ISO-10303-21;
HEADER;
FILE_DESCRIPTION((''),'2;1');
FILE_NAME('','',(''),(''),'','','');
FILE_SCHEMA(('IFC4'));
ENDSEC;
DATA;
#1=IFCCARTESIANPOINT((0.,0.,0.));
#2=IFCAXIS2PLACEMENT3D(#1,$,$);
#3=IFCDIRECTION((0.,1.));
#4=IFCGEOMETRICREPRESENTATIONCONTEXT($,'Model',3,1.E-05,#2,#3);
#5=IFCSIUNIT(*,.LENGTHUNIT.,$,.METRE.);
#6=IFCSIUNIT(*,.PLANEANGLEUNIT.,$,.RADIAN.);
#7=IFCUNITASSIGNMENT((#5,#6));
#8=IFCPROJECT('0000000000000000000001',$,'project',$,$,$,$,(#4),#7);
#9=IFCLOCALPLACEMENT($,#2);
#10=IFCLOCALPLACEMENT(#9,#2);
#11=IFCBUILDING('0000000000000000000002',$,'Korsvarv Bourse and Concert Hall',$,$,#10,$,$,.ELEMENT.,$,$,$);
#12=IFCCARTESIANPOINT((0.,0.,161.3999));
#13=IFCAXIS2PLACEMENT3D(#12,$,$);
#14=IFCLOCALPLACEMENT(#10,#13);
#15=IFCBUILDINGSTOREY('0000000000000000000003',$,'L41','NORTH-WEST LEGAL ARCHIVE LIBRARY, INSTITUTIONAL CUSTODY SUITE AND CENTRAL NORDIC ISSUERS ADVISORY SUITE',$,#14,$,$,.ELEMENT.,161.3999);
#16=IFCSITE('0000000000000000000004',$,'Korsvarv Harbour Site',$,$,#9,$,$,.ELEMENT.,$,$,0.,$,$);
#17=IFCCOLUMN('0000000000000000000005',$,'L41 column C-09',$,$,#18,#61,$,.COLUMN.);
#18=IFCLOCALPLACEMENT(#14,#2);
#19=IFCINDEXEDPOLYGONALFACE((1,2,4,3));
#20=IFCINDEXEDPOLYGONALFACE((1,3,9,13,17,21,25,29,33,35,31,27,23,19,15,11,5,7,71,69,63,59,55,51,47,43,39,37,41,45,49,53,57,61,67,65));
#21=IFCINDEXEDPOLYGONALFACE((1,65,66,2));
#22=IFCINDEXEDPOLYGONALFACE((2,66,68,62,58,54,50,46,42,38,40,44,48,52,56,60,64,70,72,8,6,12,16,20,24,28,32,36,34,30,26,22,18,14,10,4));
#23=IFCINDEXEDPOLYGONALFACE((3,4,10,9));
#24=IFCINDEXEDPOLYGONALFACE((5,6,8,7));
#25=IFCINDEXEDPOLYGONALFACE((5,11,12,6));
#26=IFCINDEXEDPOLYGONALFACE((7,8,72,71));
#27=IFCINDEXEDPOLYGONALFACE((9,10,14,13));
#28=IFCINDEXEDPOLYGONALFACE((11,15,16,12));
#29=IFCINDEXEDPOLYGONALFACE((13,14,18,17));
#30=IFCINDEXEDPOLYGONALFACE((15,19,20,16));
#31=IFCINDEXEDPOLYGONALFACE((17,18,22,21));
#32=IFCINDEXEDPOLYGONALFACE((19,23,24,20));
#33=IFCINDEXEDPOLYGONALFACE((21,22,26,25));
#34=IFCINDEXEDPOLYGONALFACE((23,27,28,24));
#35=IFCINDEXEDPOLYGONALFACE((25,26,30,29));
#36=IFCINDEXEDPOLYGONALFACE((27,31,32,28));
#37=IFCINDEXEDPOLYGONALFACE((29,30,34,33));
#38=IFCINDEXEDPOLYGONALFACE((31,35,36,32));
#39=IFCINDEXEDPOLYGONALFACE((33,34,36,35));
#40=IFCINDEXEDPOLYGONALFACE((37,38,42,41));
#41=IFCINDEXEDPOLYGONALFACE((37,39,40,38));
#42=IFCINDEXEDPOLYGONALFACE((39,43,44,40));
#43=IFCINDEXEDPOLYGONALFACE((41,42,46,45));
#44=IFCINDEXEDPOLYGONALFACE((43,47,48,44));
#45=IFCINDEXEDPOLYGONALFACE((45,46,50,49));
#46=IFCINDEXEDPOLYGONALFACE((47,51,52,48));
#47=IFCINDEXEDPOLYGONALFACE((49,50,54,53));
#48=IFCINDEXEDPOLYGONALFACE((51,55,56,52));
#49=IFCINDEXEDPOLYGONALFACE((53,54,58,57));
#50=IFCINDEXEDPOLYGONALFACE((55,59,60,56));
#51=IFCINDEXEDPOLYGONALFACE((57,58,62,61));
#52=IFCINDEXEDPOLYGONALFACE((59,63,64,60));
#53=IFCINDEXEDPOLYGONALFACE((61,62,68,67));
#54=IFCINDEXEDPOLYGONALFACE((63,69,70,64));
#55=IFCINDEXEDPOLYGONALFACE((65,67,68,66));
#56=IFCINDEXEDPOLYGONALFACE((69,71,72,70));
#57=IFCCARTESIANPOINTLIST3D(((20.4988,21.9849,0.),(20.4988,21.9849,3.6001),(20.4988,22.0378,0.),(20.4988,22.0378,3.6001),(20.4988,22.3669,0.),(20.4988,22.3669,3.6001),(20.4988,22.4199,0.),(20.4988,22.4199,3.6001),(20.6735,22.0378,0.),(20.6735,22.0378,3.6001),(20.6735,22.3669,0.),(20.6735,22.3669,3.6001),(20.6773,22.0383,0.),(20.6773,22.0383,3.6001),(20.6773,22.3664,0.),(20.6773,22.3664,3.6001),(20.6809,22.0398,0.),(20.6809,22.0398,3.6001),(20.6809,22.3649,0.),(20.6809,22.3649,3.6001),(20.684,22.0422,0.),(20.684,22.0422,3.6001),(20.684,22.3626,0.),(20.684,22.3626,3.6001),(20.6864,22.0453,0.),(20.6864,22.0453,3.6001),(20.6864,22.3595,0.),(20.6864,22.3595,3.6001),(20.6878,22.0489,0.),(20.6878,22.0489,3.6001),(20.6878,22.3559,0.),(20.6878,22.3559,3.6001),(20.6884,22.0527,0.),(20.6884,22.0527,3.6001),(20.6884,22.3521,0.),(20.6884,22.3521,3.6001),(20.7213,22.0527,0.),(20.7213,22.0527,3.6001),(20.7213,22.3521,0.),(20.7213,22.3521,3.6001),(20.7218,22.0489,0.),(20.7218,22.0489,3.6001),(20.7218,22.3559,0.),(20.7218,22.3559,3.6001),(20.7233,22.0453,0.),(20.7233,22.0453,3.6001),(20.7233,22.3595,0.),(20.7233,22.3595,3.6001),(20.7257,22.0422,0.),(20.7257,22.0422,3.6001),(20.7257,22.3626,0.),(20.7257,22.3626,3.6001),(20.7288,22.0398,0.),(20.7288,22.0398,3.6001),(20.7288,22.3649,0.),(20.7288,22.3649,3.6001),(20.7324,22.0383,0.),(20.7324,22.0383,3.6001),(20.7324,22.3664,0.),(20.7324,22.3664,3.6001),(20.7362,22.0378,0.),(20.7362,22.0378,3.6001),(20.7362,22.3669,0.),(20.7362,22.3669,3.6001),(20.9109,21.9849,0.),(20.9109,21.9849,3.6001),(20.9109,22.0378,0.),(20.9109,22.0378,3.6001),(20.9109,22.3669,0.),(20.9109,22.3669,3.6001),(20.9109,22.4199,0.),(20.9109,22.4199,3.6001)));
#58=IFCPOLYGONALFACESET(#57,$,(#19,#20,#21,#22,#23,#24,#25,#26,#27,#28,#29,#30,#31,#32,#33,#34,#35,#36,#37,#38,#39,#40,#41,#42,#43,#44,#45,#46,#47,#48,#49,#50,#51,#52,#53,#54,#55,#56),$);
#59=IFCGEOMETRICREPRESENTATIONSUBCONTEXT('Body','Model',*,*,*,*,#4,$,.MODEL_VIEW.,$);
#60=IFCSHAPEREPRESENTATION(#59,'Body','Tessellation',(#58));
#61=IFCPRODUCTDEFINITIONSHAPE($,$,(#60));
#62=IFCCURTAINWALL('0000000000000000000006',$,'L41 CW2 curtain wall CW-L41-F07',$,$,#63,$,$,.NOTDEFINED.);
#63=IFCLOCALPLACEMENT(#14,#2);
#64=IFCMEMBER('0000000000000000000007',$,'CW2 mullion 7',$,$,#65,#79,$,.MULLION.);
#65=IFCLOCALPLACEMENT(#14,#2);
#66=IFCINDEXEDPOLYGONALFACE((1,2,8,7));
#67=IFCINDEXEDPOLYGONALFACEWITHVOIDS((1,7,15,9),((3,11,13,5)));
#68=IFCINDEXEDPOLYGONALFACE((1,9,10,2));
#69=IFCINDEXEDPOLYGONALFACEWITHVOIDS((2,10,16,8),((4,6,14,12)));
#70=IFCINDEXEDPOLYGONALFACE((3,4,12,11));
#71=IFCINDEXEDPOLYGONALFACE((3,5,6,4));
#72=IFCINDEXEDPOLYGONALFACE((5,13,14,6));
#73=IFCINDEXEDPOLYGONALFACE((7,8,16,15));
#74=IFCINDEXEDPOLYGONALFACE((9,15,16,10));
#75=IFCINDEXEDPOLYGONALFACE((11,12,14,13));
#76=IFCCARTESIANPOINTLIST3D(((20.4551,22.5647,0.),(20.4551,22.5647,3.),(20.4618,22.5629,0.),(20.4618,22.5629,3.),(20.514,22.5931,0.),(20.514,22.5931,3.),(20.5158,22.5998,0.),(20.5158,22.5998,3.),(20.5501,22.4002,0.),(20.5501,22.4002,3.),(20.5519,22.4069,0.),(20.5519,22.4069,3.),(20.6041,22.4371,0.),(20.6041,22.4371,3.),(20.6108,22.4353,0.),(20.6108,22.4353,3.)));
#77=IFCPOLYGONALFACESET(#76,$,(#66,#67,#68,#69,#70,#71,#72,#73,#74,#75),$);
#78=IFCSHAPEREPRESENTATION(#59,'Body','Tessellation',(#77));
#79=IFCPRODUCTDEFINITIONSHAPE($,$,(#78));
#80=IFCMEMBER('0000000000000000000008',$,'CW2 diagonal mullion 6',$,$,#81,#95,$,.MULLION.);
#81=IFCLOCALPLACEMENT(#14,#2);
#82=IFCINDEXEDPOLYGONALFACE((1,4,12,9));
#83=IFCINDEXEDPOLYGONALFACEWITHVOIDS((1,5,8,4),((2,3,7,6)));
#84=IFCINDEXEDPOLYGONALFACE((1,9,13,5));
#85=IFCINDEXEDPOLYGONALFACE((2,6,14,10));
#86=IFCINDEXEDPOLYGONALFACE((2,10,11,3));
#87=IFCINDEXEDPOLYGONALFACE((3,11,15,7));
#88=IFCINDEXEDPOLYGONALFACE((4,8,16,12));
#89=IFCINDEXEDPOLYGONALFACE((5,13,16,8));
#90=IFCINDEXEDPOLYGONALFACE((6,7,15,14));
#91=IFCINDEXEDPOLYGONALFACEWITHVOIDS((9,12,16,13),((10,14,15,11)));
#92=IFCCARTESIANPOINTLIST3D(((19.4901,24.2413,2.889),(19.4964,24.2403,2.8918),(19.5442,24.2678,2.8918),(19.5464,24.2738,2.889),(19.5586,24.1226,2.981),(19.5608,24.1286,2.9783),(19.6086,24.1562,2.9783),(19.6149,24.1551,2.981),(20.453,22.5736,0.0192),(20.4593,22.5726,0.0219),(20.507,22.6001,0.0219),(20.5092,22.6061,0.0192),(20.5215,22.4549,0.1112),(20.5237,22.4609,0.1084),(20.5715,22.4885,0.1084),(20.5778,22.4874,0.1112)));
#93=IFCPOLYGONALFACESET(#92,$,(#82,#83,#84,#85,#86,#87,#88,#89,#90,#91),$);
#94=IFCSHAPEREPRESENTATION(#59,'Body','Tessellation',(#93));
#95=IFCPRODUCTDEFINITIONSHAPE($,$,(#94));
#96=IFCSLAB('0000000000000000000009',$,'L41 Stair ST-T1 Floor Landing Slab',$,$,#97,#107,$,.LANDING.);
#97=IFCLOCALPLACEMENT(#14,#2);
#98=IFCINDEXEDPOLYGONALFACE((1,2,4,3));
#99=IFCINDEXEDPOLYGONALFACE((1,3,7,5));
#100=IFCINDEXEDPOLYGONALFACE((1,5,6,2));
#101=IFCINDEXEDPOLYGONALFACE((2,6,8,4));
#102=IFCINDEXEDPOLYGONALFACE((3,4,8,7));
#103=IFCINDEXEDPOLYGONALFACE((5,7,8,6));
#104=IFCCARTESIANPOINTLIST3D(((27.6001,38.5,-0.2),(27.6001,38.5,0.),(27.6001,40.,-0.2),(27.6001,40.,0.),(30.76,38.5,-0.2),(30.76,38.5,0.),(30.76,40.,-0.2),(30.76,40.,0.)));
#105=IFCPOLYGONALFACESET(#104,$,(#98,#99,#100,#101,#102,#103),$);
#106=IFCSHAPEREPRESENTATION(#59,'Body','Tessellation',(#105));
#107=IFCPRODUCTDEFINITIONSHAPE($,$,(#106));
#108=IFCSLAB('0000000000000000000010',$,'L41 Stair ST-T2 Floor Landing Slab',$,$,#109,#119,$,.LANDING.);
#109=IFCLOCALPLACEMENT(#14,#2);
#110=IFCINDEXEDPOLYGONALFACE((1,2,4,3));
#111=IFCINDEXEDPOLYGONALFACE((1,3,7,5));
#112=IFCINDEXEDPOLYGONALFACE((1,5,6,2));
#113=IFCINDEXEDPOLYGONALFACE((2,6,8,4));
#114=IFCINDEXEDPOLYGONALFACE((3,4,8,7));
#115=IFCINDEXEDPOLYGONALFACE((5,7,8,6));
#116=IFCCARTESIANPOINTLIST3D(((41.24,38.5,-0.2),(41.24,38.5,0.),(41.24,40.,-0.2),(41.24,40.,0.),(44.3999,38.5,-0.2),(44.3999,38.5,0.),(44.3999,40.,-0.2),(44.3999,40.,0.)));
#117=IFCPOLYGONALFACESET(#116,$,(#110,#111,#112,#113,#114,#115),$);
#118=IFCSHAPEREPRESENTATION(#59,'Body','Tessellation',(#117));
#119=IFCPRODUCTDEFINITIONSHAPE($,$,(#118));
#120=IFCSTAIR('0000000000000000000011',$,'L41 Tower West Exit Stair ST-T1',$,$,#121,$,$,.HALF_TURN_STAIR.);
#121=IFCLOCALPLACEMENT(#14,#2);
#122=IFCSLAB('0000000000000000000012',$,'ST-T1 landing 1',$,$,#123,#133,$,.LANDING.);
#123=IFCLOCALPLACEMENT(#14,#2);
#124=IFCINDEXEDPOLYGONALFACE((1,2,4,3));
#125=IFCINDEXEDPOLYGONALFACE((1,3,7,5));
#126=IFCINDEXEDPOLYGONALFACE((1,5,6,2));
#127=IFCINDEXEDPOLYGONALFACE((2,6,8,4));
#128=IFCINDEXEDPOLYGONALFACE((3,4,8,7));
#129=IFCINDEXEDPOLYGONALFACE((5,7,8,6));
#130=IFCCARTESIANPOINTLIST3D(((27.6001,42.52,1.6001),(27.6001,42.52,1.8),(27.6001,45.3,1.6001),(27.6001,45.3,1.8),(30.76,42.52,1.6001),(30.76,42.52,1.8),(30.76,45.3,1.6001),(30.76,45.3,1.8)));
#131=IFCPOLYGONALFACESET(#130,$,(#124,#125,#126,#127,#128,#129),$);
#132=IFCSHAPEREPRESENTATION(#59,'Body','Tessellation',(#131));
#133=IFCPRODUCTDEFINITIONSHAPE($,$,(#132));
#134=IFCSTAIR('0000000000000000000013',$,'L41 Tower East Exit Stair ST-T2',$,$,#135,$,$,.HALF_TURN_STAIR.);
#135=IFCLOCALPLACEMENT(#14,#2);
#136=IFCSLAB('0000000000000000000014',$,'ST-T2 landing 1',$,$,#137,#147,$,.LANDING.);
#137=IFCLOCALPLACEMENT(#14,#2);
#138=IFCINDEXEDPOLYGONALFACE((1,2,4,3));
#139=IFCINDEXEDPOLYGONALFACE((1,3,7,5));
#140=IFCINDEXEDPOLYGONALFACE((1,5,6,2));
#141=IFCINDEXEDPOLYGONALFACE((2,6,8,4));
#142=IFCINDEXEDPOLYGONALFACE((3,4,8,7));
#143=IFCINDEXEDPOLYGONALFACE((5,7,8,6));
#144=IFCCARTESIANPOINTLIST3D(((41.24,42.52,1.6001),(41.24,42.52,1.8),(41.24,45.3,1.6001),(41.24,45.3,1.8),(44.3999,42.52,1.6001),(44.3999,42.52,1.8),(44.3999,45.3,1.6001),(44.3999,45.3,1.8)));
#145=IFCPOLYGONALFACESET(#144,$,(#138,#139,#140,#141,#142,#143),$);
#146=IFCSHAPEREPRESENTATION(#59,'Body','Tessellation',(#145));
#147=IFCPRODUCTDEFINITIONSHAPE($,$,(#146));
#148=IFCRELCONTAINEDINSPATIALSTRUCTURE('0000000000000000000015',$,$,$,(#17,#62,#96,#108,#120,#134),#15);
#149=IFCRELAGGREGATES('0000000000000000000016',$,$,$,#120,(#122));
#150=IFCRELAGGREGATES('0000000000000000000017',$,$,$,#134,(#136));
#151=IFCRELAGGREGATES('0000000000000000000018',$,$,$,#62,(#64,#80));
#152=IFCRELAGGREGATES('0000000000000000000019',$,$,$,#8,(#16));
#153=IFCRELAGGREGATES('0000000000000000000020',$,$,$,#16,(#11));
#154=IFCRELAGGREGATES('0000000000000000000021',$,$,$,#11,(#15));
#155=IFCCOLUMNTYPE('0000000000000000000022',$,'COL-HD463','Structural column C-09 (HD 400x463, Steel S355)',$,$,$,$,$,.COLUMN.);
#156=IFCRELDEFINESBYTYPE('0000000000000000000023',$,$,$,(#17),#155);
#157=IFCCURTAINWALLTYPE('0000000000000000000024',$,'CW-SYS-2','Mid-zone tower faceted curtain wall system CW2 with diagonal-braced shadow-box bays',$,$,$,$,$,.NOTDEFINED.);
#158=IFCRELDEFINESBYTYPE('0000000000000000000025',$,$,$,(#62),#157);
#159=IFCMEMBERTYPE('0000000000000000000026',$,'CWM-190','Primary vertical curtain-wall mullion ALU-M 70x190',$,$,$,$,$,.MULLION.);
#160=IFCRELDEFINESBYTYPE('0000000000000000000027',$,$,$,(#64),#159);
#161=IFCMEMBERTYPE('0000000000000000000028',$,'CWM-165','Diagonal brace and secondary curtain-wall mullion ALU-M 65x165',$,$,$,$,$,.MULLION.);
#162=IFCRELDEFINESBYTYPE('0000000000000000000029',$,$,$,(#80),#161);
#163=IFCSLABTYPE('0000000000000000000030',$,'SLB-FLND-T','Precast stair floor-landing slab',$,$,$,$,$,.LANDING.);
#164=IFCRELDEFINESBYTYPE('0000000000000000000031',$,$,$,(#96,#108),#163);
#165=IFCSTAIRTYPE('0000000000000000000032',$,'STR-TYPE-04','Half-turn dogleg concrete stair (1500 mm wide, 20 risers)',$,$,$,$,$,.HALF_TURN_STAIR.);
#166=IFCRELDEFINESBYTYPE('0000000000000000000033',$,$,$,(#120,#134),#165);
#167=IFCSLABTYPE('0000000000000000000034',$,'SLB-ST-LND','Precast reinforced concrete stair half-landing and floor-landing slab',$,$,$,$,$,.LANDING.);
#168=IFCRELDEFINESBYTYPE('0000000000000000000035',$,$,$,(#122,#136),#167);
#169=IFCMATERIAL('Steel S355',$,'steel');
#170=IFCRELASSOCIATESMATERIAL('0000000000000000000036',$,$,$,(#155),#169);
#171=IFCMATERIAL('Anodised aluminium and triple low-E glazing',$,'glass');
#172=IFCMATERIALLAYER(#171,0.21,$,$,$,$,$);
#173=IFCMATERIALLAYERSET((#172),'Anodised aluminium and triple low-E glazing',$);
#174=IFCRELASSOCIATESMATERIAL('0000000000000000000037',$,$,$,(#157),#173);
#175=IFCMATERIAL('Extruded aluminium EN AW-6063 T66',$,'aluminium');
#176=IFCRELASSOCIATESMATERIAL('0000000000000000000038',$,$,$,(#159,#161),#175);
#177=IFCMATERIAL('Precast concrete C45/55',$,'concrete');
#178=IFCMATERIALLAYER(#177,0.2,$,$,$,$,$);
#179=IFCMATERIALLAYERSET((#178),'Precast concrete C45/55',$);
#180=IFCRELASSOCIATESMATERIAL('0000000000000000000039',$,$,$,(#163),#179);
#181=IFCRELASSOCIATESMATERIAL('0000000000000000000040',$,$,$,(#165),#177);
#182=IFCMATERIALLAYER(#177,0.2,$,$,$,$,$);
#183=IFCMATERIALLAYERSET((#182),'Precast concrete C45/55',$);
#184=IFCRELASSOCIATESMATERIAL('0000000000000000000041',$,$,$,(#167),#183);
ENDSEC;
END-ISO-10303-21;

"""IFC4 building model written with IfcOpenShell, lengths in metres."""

from ifc_helpers import new_model, si_unit, direction, frame, origin, origin_2d, place, context, subcontext, project, spatial, polyline, hollow_rectangle, i_section, outline, extrude, source, transform, mapped, material, layer, layer_set, material_profile, profile_set, type_object, element, aggregate, save


model = new_model("IFC4")

# Units and contexts
model_context = context("Model", 3, precision=1e-05, world=origin(), true_north=direction((0.0, 1.0)))
body_context = subcontext(model_context, "Body", "Model", "MODEL_VIEW")
ifc_project = project(units=[si_unit("LENGTHUNIT", "METRE"), si_unit("PLANEANGLEUNIT", "RADIAN")], contexts=[model_context])

# Site, building, storey
site_placement = place(None, origin())
site = spatial("IfcSite", under=ifc_project, at=site_placement, Name="Korsvarv Harbour Site", CompositionType="ELEMENT", RefElevation=0.0)
building_placement = place(site_placement, origin())
building = spatial("IfcBuilding", under=site, at=building_placement, Name="Korsvarv Bourse and Concert Hall", CompositionType="ELEMENT")
storey_placement = place(building_placement, frame((0.0, 0.0, 161.3999)))
storey = spatial("IfcBuildingStorey", under=building, at=storey_placement, Name="L41", Description="NORTH-WEST LEGAL ARCHIVE LIBRARY, INSTITUTIONAL CUSTODY SUITE AND CENTRAL NORDIC ISSUERS ADVISORY SUITE", CompositionType="ELEMENT", Elevation=161.3999)

# Column
ifc_material_1 = material(Name="Steel S355", Category="steel")
ifc_material_profile_1 = material_profile(ifc_material_1, i_section(OverallWidth=0.4121, OverallDepth=0.4351, WebThickness=0.033, FlangeThickness=0.053, FilletRadius=0.0149, at=origin_2d()), Name="HD 400x463")
ifc_profile_set_1 = profile_set([ifc_material_profile_1], Name="Steel S355")
column_type = type_object("IfcColumnType", Name="COL-HD463", Description="Structural column C-09 (HD 400x463, Steel S355)", PredefinedType="COLUMN", material=ifc_profile_set_1)
shared_shape_1 = source(origin(), body_context, "Body", "SweptSolid", [
    extrude(i_section(OverallWidth=0.4121, OverallDepth=0.4351, WebThickness=0.033, FlangeThickness=0.053, FilletRadius=0.0149, at=origin_2d()), origin(), (0.0, 0.0, 1.0), 3.6001),
])
column_placement = place(storey_placement, frame((20.7048, 22.2024, 0.0), z_axis=(0.0, 0.0, 1.0), x_axis=(1.0, 0.0, 0.0)))
element("IfcColumn", 1, at=column_placement, inside=storey, type_object=column_type, Name="L41 column C-09", PredefinedType="COLUMN", context=body_context, shape_type="MappedRepresentation", body=[
    mapped(shared_shape_1, transform((0.0, 0.0, 0.0), scale=1.0)),
])

# Curtain wall, members
ifc_material_2 = material(Name="Anodised aluminium and triple low-E glazing", Category="glass")
ifc_layer_1 = layer(ifc_material_2, 0.21)
ifc_layer_set_1 = layer_set([ifc_layer_1], Name="Anodised aluminium and triple low-E glazing")
curtain_wall_type = type_object("IfcCurtainWallType", Name="CW-SYS-2", Description="Mid-zone tower faceted curtain wall system CW2 with diagonal-braced shadow-box bays", PredefinedType="NOTDEFINED", material=ifc_layer_set_1)
curtain_wall_placement = place(storey_placement, origin())
curtain_wall = element("IfcCurtainWall", 2, at=curtain_wall_placement, inside=storey, type_object=curtain_wall_type, Name="L41 CW2 curtain wall CW-L41-F07", PredefinedType="NOTDEFINED")
ifc_material_3 = material(Name="Extruded aluminium EN AW-6063 T66", Category="aluminium")
ifc_material_profile_2 = material_profile(ifc_material_3, hollow_rectangle(XDim=0.0701, YDim=0.1899, WallThickness=0.0049, at=origin_2d()), Name="ALU-M 70x190")
ifc_profile_set_2 = profile_set([ifc_material_profile_2], Name="Extruded aluminium EN AW-6063 T66")
member_type_1 = type_object("IfcMemberType", Name="CWM-190", Description="Primary vertical curtain-wall mullion ALU-M 70x190", PredefinedType="MULLION", material=ifc_profile_set_2)
shared_shape_2 = source(origin(), body_context, "Body", "SweptSolid", [
    extrude(hollow_rectangle(XDim=0.0701, YDim=0.1899, WallThickness=0.0049, at=origin_2d()), origin(), (0.0, 0.0, 1.0), 3.0),
])
member_1_placement = place(storey_placement, frame((20.533, 22.5, 0.0), z_axis=(0.0, 0.0, 1.0), x_axis=(0.866024, 0.500002, 0.0)))
member_1 = element("IfcMember", 3, at=member_1_placement, type_object=member_type_1, Name="CW2 mullion 7", PredefinedType="MULLION", context=body_context, shape_type="MappedRepresentation", body=[
    mapped(shared_shape_2, transform((0.0, 0.0, 0.0), scale=1.0)),
])
ifc_material_profile_3 = material_profile(ifc_material_3, hollow_rectangle(XDim=0.0649, YDim=0.165, WallThickness=0.0049, at=origin_2d()), Name="ALU-M 65x165")
ifc_profile_set_3 = profile_set([ifc_material_profile_3], Name="Extruded aluminium EN AW-6063 T66")
member_type_2 = type_object("IfcMemberType", Name="CWM-165", Description="Diagonal brace and secondary curtain-wall mullion ALU-M 65x165", PredefinedType="MULLION", material=ifc_profile_set_3)
shared_shape_3 = source(origin(), body_context, "Body", "SweptSolid", [
    extrude(hollow_rectangle(XDim=0.0649, YDim=0.165, WallThickness=0.0049, at=origin_2d()), origin(), (0.0, 0.0, 1.0), 3.4561),
])
member_2_placement = place(storey_placement, frame((20.5154, 22.5305, 0.0652), z_axis=(-0.278606, 0.482545, 0.830379), x_axis=(-0.866019, -0.500011, 0.0)))
member_2 = element("IfcMember", 4, at=member_2_placement, type_object=member_type_2, Name="CW2 diagonal mullion 6", PredefinedType="MULLION", context=body_context, shape_type="MappedRepresentation", body=[
    mapped(shared_shape_3, transform((0.0, 0.0, 0.0), scale=1.0)),
])

# Slabs
ifc_material_4 = material(Name="Precast concrete C45/55", Category="concrete")
ifc_layer_2 = layer(ifc_material_4, 0.2)
ifc_layer_set_2 = layer_set([ifc_layer_2], Name="Precast concrete C45/55")
slab_type_1 = type_object("IfcSlabType", Name="SLB-FLND-T", Description="Precast stair floor-landing slab", PredefinedType="LANDING", material=ifc_layer_set_2)
slab_1_placement = place(storey_placement, frame((0.0, 0.0, -0.2)))
element("IfcSlab", 5, at=slab_1_placement, inside=storey, type_object=slab_type_1, Name="L41 Stair ST-T1 Floor Landing Slab", PredefinedType="LANDING", context=body_context, shape_type="SweptSolid", body=[
    extrude(outline(polyline([(30.76, 38.5), (30.76, 40.0), (27.6001, 40.0), (27.6001, 38.5), (30.76, 38.5)])), origin(), (0.0, 0.0, 1.0), 0.2),
])
slab_2_placement = place(storey_placement, frame((0.0, 0.0, -0.2)))
element("IfcSlab", 6, at=slab_2_placement, inside=storey, type_object=slab_type_1, Name="L41 Stair ST-T2 Floor Landing Slab", PredefinedType="LANDING", context=body_context, shape_type="SweptSolid", body=[
    extrude(outline(polyline([(44.3999, 38.5), (44.3999, 40.0), (41.24, 40.0), (41.24, 38.5), (44.3999, 38.5)])), origin(), (0.0, 0.0, 1.0), 0.2),
])

# Stairs, slabs
stair_type = type_object("IfcStairType", Name="STR-TYPE-04", Description="Half-turn dogleg concrete stair (1500 mm wide, 20 risers)", PredefinedType="HALF_TURN_STAIR", material=ifc_material_4)
stair_1_placement = place(storey_placement, origin())
stair_1 = element("IfcStair", 7, at=stair_1_placement, inside=storey, type_object=stair_type, Name="L41 Tower West Exit Stair ST-T1", PredefinedType="HALF_TURN_STAIR")
ifc_layer_3 = layer(ifc_material_4, 0.2)
ifc_layer_set_3 = layer_set([ifc_layer_3], Name="Precast concrete C45/55")
slab_type_2 = type_object("IfcSlabType", Name="SLB-ST-LND", Description="Precast reinforced concrete stair half-landing and floor-landing slab", PredefinedType="LANDING", material=ifc_layer_set_3)
slab_3_placement = place(storey_placement, frame((0.0, 0.0, 1.6001)))
slab_3 = element("IfcSlab", 8, at=slab_3_placement, type_object=slab_type_2, Name="ST-T1 landing 1", PredefinedType="LANDING", context=body_context, shape_type="SweptSolid", body=[
    extrude(outline(polyline([(30.76, 42.52), (30.76, 45.3), (27.6001, 45.3), (27.6001, 42.52), (30.76, 42.52)])), origin(), (0.0, 0.0, 1.0), 0.2),
])
aggregate(stair_1, [slab_3])
stair_2_placement = place(storey_placement, origin())
stair_2 = element("IfcStair", 9, at=stair_2_placement, inside=storey, type_object=stair_type, Name="L41 Tower East Exit Stair ST-T2", PredefinedType="HALF_TURN_STAIR")
slab_4_placement = place(storey_placement, frame((0.0, 0.0, 1.6001)))
slab_4 = element("IfcSlab", 10, at=slab_4_placement, type_object=slab_type_2, Name="ST-T2 landing 1", PredefinedType="LANDING", context=body_context, shape_type="SweptSolid", body=[
    extrude(outline(polyline([(44.3999, 42.52), (44.3999, 45.3), (41.24, 45.3), (41.24, 42.52), (44.3999, 42.52)])), origin(), (0.0, 0.0, 1.0), 0.2),
])
aggregate(stair_2, [slab_4])

aggregate(curtain_wall, [member_1, member_2])

save(model, "model.ifc")
